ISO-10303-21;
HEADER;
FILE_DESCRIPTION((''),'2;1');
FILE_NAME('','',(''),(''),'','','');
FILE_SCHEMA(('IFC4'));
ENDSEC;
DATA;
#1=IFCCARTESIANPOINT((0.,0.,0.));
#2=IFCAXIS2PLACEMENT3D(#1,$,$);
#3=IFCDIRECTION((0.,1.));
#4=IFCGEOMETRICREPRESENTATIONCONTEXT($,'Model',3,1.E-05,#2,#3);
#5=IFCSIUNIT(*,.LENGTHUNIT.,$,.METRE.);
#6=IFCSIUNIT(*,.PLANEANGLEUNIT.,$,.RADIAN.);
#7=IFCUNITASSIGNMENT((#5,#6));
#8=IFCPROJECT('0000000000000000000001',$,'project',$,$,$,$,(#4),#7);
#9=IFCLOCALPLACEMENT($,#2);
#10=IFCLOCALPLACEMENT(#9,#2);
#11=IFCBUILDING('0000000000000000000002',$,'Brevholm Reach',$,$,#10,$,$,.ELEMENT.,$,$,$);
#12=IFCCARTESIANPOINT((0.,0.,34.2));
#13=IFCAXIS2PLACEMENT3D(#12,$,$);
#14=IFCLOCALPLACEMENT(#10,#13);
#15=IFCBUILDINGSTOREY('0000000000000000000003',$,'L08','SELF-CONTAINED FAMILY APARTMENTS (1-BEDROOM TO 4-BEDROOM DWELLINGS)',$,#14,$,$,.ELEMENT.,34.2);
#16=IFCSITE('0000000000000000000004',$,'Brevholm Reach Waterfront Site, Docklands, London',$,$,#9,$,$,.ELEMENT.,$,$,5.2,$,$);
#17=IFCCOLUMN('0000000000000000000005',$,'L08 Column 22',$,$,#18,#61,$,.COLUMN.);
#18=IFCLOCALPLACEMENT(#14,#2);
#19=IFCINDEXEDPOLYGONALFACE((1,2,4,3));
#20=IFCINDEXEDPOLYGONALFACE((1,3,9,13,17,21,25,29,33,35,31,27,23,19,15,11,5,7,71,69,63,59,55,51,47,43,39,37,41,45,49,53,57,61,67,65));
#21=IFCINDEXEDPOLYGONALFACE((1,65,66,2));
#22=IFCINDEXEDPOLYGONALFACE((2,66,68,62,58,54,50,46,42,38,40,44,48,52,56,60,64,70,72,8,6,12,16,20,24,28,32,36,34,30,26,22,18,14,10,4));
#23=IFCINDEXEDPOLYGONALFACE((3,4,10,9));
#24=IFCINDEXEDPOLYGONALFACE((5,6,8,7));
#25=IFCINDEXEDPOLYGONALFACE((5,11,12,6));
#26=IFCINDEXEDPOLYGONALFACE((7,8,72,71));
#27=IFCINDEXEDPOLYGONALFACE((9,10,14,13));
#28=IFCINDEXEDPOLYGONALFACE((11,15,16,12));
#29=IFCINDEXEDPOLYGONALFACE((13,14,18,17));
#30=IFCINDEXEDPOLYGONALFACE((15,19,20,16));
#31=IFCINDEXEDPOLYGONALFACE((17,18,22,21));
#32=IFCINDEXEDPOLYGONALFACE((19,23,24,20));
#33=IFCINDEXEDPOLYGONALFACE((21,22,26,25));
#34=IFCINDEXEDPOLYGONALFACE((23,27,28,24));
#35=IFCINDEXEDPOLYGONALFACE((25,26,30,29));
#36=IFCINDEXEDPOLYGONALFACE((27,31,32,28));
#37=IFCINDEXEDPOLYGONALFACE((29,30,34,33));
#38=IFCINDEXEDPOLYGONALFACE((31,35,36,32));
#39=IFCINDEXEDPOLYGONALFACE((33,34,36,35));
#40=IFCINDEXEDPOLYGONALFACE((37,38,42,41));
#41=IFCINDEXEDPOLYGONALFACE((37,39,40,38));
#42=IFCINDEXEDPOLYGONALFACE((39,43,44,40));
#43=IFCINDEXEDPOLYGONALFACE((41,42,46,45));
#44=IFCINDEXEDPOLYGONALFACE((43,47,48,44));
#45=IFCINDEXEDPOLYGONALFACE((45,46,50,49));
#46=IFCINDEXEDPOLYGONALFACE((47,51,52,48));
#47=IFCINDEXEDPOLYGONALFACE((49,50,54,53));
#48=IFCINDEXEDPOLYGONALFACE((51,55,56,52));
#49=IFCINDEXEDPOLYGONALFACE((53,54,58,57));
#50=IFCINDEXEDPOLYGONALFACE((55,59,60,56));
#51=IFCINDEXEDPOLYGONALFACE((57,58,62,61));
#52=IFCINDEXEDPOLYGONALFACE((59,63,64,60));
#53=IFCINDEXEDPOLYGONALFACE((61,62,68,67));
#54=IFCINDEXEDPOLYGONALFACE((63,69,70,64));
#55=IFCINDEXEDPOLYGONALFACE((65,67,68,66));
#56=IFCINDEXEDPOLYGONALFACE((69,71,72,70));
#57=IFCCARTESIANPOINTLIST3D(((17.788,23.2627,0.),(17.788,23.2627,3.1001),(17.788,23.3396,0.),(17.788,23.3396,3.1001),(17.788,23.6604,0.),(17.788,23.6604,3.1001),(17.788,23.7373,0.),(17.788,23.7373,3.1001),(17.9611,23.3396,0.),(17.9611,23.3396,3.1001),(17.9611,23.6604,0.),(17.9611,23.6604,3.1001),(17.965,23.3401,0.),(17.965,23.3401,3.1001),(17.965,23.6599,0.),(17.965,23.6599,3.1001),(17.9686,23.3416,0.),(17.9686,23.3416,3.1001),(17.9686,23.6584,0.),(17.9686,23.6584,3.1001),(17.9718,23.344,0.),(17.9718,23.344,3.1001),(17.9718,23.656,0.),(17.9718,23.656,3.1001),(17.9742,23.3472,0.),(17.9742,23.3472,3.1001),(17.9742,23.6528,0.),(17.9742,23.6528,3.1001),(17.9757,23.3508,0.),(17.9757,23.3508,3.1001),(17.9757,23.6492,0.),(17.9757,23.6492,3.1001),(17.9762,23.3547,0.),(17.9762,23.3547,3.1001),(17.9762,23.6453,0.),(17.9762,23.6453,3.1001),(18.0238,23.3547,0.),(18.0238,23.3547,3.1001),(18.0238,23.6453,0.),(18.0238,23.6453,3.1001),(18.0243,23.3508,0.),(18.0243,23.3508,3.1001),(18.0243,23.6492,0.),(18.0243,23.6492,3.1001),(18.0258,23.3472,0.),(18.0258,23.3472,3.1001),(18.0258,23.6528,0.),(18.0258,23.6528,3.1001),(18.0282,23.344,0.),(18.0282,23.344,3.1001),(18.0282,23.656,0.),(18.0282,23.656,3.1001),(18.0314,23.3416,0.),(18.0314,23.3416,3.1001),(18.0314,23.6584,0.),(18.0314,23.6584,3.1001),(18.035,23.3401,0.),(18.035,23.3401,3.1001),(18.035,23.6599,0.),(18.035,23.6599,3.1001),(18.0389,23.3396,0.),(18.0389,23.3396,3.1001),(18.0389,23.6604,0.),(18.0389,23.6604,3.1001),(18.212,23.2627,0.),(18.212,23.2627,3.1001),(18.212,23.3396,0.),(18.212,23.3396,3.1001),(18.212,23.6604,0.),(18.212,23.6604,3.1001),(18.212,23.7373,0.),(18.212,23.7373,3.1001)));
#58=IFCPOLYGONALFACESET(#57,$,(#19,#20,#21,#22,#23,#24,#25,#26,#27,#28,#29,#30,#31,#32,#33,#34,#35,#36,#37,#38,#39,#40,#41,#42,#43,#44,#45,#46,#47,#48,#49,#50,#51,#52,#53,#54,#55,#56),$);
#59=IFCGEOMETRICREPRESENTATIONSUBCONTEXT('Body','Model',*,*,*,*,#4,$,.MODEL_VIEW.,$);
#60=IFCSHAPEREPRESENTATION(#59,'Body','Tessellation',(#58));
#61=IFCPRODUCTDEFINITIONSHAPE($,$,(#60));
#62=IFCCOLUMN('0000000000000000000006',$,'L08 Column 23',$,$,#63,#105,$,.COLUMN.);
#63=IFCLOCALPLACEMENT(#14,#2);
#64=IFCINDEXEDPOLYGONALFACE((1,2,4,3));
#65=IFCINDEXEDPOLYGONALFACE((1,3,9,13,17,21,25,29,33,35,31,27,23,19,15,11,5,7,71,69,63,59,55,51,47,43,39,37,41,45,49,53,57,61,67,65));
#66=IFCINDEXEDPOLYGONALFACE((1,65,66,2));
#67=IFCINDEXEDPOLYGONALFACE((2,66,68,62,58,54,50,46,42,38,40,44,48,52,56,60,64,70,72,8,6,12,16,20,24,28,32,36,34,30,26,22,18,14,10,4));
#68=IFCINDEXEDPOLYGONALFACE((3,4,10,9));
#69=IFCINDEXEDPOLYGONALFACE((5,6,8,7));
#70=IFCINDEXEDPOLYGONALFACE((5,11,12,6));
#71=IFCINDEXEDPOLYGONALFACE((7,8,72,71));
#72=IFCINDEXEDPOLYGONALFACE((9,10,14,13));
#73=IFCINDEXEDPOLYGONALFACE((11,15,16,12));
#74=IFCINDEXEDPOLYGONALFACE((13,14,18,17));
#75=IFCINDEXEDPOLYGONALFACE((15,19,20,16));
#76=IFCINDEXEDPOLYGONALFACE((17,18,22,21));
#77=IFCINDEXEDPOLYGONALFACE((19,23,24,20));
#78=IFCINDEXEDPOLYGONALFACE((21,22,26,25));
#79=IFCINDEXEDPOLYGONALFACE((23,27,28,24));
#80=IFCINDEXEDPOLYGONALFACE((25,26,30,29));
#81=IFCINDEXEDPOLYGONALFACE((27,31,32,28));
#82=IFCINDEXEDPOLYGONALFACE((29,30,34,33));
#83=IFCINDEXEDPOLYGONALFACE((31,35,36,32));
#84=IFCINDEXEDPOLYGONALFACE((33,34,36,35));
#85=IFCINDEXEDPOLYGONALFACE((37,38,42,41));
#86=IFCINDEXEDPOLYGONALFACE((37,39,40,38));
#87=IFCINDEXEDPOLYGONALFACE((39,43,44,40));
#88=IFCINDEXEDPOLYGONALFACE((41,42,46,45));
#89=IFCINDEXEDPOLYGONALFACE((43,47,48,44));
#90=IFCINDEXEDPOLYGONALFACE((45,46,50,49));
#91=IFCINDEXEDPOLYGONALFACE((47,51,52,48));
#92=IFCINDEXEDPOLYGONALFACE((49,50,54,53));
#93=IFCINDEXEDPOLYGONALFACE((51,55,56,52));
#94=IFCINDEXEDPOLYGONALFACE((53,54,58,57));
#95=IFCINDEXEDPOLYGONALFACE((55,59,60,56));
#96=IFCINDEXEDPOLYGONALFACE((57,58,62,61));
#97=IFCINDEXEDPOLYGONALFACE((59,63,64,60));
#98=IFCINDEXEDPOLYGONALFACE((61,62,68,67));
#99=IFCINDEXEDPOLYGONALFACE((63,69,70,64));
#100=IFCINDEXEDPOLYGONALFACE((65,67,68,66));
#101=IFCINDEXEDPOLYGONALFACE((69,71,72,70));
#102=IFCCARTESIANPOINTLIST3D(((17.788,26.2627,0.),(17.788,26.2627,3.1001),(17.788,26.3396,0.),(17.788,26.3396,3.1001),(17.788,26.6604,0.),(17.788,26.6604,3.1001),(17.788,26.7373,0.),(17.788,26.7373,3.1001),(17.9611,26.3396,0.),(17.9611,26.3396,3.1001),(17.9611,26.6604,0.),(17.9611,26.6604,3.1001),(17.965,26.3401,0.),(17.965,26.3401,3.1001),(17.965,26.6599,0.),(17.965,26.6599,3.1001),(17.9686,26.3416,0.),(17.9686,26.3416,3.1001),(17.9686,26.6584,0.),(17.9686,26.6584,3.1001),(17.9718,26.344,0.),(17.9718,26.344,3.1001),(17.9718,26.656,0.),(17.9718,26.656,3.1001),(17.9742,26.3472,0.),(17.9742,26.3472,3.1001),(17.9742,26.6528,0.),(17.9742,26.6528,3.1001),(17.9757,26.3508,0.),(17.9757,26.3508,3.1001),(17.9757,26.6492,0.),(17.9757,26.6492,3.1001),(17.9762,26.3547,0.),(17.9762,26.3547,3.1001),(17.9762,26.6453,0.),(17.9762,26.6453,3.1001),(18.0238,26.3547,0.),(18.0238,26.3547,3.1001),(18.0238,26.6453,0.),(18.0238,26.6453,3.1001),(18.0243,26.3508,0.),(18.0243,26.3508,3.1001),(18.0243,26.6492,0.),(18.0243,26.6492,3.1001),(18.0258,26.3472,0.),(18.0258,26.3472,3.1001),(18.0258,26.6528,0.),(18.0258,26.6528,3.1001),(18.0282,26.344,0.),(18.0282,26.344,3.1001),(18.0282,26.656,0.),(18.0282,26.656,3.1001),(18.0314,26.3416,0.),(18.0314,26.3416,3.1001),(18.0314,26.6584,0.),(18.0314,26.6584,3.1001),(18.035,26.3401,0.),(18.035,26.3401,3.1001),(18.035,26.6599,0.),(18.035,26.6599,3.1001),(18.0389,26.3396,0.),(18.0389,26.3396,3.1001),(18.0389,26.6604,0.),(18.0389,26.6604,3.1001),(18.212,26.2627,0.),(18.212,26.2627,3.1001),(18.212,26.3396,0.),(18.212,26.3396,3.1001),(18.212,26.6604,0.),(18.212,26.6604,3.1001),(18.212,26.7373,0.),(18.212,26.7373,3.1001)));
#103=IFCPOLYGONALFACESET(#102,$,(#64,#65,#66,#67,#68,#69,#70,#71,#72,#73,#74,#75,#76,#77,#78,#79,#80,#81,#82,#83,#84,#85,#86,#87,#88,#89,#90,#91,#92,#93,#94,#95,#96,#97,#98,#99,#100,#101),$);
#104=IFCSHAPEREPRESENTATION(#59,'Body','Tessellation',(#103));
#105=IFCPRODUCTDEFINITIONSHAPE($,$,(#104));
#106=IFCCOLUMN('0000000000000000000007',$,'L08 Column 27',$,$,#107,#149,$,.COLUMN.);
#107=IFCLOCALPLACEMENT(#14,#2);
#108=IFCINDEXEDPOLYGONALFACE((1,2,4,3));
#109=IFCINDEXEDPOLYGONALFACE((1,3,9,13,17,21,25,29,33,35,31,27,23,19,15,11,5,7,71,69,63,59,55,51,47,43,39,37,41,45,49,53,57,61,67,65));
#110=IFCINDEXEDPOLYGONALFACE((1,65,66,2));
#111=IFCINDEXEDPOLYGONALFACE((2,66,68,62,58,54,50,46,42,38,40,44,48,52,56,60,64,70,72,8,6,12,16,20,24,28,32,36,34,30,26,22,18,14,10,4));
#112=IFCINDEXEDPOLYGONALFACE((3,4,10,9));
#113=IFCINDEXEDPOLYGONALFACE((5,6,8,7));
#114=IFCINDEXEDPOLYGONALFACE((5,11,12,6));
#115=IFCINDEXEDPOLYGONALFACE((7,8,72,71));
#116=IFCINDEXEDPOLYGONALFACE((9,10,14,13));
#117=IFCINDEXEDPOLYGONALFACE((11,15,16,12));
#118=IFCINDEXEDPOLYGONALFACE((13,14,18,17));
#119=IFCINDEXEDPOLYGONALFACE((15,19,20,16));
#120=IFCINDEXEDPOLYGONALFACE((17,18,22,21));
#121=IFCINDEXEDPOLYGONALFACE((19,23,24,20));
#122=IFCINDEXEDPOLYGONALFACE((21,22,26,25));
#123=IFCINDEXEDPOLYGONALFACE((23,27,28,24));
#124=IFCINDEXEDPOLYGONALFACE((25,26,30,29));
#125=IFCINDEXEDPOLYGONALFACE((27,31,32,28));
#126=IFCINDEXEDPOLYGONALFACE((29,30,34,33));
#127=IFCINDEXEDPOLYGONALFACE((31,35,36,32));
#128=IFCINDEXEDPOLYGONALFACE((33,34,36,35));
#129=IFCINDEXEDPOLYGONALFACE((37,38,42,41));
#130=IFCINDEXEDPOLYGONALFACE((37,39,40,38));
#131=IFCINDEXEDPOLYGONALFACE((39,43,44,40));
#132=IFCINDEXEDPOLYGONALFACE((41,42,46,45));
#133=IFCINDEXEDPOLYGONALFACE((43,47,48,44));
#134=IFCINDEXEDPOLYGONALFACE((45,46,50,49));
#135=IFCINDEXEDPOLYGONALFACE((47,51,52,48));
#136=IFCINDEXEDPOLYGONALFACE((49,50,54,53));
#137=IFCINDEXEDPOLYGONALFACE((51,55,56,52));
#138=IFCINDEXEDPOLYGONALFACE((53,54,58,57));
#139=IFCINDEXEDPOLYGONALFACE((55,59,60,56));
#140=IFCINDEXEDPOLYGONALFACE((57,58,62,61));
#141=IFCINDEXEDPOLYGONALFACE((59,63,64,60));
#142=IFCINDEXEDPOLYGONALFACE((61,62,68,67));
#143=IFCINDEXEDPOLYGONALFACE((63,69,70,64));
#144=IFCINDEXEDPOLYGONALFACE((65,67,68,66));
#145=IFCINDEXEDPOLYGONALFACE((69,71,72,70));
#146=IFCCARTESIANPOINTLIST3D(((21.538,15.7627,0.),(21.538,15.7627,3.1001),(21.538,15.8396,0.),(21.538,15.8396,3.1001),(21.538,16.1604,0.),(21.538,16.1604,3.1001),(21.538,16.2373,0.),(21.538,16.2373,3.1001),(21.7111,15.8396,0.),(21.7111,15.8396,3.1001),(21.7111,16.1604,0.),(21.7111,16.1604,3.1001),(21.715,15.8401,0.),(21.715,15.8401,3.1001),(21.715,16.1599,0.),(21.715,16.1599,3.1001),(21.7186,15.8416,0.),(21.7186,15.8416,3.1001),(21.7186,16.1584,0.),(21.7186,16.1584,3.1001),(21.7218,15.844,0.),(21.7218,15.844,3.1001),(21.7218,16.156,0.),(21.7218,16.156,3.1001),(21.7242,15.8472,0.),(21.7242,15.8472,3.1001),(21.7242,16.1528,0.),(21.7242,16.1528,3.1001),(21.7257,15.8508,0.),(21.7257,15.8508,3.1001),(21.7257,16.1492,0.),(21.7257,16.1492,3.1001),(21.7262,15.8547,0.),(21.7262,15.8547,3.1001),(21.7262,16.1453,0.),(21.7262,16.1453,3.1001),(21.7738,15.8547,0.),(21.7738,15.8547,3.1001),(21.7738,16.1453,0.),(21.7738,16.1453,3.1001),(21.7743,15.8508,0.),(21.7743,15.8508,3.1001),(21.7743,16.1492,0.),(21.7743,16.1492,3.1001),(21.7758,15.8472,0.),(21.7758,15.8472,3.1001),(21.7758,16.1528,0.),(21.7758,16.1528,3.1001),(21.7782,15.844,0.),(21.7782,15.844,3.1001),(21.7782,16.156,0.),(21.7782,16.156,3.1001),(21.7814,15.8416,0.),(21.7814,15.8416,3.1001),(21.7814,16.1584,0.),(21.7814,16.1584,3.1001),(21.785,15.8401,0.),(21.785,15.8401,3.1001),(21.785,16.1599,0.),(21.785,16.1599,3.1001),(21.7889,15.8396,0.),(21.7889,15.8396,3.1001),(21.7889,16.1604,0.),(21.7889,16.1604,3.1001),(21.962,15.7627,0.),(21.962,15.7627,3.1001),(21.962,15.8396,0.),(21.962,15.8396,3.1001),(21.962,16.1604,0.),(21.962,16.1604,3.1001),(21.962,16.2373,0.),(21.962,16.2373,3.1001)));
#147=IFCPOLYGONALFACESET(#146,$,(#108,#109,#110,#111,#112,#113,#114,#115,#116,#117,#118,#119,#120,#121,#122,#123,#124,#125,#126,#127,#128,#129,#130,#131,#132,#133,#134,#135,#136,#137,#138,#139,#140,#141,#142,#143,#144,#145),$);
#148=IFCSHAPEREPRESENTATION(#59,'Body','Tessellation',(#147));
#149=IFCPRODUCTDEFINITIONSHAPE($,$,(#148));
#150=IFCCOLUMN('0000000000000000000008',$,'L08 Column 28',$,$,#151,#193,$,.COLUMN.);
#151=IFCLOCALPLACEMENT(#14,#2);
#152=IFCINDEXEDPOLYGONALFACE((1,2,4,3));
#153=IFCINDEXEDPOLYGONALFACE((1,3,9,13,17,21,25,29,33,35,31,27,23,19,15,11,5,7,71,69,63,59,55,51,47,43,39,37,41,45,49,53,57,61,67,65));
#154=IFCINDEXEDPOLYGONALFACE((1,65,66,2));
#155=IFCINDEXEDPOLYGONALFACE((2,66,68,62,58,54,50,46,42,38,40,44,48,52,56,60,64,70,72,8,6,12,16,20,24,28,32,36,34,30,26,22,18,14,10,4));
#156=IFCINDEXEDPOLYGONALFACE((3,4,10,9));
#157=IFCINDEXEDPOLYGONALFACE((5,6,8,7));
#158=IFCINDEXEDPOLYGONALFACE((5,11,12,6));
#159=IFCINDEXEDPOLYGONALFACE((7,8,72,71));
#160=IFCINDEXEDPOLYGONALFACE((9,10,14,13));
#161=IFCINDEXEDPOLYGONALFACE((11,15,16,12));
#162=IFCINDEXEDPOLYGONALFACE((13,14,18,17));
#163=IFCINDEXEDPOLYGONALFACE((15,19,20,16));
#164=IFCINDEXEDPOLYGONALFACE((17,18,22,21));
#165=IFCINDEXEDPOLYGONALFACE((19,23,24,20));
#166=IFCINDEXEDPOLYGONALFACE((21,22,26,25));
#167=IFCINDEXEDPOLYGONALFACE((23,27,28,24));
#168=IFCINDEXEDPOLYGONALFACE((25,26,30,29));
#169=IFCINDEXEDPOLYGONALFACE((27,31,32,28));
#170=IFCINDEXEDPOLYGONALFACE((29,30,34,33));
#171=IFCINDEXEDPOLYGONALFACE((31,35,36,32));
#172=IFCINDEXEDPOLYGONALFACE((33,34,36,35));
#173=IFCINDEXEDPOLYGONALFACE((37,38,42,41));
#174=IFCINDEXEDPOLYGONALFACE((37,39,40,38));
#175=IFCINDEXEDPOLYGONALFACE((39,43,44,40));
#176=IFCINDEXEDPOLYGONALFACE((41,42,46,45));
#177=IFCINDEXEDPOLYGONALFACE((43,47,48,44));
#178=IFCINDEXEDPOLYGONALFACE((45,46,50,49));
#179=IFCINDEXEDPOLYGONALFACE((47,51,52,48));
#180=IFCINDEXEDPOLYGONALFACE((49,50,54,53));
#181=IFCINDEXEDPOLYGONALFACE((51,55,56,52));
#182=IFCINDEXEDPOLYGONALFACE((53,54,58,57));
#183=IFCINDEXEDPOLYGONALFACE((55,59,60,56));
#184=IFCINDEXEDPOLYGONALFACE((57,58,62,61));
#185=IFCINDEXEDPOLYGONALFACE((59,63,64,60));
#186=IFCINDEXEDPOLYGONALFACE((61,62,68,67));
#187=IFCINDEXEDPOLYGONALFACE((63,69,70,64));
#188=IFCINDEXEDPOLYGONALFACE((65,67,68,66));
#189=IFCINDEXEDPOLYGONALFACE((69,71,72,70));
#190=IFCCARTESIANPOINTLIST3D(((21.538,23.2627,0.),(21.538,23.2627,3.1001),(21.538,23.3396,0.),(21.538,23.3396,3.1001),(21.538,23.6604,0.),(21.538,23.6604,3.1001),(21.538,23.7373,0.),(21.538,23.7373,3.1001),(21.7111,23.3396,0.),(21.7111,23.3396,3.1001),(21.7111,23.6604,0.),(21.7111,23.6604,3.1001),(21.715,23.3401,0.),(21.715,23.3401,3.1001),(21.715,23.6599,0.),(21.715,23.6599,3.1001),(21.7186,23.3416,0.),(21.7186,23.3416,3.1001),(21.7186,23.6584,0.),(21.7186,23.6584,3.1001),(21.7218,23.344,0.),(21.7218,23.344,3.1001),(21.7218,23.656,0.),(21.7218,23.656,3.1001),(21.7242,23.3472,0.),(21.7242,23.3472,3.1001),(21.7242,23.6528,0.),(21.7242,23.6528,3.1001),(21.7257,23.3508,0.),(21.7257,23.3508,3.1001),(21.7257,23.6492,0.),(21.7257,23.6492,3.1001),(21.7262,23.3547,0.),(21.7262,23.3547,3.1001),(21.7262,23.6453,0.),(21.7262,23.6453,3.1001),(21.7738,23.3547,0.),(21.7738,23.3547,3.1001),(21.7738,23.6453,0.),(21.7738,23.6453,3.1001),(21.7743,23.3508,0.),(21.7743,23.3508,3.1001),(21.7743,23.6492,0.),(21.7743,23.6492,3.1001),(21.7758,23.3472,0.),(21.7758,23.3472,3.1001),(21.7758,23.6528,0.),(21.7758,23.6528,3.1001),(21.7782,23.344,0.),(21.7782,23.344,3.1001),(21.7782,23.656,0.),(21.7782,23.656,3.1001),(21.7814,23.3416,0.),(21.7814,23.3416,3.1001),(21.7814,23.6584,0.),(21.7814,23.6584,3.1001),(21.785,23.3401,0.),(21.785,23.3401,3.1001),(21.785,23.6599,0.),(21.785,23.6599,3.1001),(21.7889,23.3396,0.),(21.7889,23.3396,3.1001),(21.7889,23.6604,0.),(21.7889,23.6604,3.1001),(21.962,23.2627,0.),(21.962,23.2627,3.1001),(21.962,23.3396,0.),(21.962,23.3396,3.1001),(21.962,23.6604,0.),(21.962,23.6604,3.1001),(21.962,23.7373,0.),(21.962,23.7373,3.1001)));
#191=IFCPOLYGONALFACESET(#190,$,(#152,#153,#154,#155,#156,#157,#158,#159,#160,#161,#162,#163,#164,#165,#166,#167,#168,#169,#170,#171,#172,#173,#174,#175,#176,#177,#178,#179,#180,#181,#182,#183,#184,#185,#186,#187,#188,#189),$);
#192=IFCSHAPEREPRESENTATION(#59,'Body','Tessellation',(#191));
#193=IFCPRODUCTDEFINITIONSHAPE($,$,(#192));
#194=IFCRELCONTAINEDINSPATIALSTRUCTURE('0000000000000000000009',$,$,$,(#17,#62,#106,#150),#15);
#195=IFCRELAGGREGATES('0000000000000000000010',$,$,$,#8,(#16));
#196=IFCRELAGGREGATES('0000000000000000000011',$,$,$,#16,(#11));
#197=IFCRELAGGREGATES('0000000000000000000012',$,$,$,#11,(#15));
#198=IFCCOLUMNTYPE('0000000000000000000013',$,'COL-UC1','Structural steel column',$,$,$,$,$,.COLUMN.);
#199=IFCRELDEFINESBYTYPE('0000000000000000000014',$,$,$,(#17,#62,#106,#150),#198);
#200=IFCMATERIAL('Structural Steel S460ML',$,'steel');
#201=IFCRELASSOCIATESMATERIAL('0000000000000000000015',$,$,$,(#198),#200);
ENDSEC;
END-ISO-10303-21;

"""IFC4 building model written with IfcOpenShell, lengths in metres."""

from ifc_helpers import new_model, si_unit, direction, frame, origin, origin_2d, place, context, subcontext, project, spatial, i_section, extrude, material, material_profile, profile_set, type_object, element, save


model = new_model("IFC4")

# Units and contexts
model_context = context("Model", 3, precision=1e-05, world=origin(), true_north=direction((0.0, 1.0)))
body_context = subcontext(model_context, "Body", "Model", "MODEL_VIEW")
ifc_project = project(units=[si_unit("LENGTHUNIT", "METRE"), si_unit("PLANEANGLEUNIT", "RADIAN")], contexts=[model_context])

# Site, building, storey
site_placement = place(None, origin())
site = spatial("IfcSite", under=ifc_project, at=site_placement, Name="Brevholm Reach Waterfront Site, Docklands, London", CompositionType="ELEMENT", RefElevation=5.2)
building_placement = place(site_placement, origin())
building = spatial("IfcBuilding", under=site, at=building_placement, Name="Brevholm Reach", CompositionType="ELEMENT")
storey_placement = place(building_placement, frame((0.0, 0.0, 34.2)))
storey = spatial("IfcBuildingStorey", under=building, at=storey_placement, Name="L08", Description="SELF-CONTAINED FAMILY APARTMENTS (1-BEDROOM TO 4-BEDROOM DWELLINGS)", CompositionType="ELEMENT", Elevation=34.2)

# Columns
ifc_material_1 = material(Name="Structural Steel S460ML", Category="steel")
ifc_material_profile_1 = material_profile(ifc_material_1, i_section(OverallWidth=0.4241, OverallDepth=0.4746, WebThickness=0.0476, FlangeThickness=0.0769, FilletRadius=0.0151, at=origin_2d()), Name="UKC 356x406x634")
ifc_profile_set_1 = profile_set([ifc_material_profile_1], Name="Structural Steel S460ML")
column_type = type_object("IfcColumnType", Name="COL-UC1", Description="Structural steel column", PredefinedType="COLUMN", material=ifc_profile_set_1)
for number, where, z_axis, x_axis, name in (
    (1, (18.0, 23.5, 0.0), (0.0, 0.0, 1.0), (1.0, 0.0, 0.0), "L08 Column 22"),
    (2, (18.0, 26.5, 0.0), (0.0, 0.0, 1.0), (1.0, 0.0, 0.0), "L08 Column 23"),
    (3, (21.75, 16.0, 0.0), (0.0, 0.0, 1.0), (1.0, 0.0, 0.0), "L08 Column 27"),
    (4, (21.75, 23.5, 0.0), (0.0, 0.0, 1.0), (1.0, 0.0, 0.0), "L08 Column 28"),
):
    element("IfcColumn", number, at=place(storey_placement, frame(where, z_axis=z_axis, x_axis=x_axis)), inside=storey, type_object=column_type, Name=name, PredefinedType="COLUMN", context=body_context, shape_type="SweptSolid", body=[
        extrude(i_section(OverallWidth=0.4241, OverallDepth=0.4746, WebThickness=0.0476, FlangeThickness=0.0769, FilletRadius=0.0151, at=origin_2d()), origin(), (0.0, 0.0, 1.0), 3.1001),
    ])

save(model, "model.ifc")
